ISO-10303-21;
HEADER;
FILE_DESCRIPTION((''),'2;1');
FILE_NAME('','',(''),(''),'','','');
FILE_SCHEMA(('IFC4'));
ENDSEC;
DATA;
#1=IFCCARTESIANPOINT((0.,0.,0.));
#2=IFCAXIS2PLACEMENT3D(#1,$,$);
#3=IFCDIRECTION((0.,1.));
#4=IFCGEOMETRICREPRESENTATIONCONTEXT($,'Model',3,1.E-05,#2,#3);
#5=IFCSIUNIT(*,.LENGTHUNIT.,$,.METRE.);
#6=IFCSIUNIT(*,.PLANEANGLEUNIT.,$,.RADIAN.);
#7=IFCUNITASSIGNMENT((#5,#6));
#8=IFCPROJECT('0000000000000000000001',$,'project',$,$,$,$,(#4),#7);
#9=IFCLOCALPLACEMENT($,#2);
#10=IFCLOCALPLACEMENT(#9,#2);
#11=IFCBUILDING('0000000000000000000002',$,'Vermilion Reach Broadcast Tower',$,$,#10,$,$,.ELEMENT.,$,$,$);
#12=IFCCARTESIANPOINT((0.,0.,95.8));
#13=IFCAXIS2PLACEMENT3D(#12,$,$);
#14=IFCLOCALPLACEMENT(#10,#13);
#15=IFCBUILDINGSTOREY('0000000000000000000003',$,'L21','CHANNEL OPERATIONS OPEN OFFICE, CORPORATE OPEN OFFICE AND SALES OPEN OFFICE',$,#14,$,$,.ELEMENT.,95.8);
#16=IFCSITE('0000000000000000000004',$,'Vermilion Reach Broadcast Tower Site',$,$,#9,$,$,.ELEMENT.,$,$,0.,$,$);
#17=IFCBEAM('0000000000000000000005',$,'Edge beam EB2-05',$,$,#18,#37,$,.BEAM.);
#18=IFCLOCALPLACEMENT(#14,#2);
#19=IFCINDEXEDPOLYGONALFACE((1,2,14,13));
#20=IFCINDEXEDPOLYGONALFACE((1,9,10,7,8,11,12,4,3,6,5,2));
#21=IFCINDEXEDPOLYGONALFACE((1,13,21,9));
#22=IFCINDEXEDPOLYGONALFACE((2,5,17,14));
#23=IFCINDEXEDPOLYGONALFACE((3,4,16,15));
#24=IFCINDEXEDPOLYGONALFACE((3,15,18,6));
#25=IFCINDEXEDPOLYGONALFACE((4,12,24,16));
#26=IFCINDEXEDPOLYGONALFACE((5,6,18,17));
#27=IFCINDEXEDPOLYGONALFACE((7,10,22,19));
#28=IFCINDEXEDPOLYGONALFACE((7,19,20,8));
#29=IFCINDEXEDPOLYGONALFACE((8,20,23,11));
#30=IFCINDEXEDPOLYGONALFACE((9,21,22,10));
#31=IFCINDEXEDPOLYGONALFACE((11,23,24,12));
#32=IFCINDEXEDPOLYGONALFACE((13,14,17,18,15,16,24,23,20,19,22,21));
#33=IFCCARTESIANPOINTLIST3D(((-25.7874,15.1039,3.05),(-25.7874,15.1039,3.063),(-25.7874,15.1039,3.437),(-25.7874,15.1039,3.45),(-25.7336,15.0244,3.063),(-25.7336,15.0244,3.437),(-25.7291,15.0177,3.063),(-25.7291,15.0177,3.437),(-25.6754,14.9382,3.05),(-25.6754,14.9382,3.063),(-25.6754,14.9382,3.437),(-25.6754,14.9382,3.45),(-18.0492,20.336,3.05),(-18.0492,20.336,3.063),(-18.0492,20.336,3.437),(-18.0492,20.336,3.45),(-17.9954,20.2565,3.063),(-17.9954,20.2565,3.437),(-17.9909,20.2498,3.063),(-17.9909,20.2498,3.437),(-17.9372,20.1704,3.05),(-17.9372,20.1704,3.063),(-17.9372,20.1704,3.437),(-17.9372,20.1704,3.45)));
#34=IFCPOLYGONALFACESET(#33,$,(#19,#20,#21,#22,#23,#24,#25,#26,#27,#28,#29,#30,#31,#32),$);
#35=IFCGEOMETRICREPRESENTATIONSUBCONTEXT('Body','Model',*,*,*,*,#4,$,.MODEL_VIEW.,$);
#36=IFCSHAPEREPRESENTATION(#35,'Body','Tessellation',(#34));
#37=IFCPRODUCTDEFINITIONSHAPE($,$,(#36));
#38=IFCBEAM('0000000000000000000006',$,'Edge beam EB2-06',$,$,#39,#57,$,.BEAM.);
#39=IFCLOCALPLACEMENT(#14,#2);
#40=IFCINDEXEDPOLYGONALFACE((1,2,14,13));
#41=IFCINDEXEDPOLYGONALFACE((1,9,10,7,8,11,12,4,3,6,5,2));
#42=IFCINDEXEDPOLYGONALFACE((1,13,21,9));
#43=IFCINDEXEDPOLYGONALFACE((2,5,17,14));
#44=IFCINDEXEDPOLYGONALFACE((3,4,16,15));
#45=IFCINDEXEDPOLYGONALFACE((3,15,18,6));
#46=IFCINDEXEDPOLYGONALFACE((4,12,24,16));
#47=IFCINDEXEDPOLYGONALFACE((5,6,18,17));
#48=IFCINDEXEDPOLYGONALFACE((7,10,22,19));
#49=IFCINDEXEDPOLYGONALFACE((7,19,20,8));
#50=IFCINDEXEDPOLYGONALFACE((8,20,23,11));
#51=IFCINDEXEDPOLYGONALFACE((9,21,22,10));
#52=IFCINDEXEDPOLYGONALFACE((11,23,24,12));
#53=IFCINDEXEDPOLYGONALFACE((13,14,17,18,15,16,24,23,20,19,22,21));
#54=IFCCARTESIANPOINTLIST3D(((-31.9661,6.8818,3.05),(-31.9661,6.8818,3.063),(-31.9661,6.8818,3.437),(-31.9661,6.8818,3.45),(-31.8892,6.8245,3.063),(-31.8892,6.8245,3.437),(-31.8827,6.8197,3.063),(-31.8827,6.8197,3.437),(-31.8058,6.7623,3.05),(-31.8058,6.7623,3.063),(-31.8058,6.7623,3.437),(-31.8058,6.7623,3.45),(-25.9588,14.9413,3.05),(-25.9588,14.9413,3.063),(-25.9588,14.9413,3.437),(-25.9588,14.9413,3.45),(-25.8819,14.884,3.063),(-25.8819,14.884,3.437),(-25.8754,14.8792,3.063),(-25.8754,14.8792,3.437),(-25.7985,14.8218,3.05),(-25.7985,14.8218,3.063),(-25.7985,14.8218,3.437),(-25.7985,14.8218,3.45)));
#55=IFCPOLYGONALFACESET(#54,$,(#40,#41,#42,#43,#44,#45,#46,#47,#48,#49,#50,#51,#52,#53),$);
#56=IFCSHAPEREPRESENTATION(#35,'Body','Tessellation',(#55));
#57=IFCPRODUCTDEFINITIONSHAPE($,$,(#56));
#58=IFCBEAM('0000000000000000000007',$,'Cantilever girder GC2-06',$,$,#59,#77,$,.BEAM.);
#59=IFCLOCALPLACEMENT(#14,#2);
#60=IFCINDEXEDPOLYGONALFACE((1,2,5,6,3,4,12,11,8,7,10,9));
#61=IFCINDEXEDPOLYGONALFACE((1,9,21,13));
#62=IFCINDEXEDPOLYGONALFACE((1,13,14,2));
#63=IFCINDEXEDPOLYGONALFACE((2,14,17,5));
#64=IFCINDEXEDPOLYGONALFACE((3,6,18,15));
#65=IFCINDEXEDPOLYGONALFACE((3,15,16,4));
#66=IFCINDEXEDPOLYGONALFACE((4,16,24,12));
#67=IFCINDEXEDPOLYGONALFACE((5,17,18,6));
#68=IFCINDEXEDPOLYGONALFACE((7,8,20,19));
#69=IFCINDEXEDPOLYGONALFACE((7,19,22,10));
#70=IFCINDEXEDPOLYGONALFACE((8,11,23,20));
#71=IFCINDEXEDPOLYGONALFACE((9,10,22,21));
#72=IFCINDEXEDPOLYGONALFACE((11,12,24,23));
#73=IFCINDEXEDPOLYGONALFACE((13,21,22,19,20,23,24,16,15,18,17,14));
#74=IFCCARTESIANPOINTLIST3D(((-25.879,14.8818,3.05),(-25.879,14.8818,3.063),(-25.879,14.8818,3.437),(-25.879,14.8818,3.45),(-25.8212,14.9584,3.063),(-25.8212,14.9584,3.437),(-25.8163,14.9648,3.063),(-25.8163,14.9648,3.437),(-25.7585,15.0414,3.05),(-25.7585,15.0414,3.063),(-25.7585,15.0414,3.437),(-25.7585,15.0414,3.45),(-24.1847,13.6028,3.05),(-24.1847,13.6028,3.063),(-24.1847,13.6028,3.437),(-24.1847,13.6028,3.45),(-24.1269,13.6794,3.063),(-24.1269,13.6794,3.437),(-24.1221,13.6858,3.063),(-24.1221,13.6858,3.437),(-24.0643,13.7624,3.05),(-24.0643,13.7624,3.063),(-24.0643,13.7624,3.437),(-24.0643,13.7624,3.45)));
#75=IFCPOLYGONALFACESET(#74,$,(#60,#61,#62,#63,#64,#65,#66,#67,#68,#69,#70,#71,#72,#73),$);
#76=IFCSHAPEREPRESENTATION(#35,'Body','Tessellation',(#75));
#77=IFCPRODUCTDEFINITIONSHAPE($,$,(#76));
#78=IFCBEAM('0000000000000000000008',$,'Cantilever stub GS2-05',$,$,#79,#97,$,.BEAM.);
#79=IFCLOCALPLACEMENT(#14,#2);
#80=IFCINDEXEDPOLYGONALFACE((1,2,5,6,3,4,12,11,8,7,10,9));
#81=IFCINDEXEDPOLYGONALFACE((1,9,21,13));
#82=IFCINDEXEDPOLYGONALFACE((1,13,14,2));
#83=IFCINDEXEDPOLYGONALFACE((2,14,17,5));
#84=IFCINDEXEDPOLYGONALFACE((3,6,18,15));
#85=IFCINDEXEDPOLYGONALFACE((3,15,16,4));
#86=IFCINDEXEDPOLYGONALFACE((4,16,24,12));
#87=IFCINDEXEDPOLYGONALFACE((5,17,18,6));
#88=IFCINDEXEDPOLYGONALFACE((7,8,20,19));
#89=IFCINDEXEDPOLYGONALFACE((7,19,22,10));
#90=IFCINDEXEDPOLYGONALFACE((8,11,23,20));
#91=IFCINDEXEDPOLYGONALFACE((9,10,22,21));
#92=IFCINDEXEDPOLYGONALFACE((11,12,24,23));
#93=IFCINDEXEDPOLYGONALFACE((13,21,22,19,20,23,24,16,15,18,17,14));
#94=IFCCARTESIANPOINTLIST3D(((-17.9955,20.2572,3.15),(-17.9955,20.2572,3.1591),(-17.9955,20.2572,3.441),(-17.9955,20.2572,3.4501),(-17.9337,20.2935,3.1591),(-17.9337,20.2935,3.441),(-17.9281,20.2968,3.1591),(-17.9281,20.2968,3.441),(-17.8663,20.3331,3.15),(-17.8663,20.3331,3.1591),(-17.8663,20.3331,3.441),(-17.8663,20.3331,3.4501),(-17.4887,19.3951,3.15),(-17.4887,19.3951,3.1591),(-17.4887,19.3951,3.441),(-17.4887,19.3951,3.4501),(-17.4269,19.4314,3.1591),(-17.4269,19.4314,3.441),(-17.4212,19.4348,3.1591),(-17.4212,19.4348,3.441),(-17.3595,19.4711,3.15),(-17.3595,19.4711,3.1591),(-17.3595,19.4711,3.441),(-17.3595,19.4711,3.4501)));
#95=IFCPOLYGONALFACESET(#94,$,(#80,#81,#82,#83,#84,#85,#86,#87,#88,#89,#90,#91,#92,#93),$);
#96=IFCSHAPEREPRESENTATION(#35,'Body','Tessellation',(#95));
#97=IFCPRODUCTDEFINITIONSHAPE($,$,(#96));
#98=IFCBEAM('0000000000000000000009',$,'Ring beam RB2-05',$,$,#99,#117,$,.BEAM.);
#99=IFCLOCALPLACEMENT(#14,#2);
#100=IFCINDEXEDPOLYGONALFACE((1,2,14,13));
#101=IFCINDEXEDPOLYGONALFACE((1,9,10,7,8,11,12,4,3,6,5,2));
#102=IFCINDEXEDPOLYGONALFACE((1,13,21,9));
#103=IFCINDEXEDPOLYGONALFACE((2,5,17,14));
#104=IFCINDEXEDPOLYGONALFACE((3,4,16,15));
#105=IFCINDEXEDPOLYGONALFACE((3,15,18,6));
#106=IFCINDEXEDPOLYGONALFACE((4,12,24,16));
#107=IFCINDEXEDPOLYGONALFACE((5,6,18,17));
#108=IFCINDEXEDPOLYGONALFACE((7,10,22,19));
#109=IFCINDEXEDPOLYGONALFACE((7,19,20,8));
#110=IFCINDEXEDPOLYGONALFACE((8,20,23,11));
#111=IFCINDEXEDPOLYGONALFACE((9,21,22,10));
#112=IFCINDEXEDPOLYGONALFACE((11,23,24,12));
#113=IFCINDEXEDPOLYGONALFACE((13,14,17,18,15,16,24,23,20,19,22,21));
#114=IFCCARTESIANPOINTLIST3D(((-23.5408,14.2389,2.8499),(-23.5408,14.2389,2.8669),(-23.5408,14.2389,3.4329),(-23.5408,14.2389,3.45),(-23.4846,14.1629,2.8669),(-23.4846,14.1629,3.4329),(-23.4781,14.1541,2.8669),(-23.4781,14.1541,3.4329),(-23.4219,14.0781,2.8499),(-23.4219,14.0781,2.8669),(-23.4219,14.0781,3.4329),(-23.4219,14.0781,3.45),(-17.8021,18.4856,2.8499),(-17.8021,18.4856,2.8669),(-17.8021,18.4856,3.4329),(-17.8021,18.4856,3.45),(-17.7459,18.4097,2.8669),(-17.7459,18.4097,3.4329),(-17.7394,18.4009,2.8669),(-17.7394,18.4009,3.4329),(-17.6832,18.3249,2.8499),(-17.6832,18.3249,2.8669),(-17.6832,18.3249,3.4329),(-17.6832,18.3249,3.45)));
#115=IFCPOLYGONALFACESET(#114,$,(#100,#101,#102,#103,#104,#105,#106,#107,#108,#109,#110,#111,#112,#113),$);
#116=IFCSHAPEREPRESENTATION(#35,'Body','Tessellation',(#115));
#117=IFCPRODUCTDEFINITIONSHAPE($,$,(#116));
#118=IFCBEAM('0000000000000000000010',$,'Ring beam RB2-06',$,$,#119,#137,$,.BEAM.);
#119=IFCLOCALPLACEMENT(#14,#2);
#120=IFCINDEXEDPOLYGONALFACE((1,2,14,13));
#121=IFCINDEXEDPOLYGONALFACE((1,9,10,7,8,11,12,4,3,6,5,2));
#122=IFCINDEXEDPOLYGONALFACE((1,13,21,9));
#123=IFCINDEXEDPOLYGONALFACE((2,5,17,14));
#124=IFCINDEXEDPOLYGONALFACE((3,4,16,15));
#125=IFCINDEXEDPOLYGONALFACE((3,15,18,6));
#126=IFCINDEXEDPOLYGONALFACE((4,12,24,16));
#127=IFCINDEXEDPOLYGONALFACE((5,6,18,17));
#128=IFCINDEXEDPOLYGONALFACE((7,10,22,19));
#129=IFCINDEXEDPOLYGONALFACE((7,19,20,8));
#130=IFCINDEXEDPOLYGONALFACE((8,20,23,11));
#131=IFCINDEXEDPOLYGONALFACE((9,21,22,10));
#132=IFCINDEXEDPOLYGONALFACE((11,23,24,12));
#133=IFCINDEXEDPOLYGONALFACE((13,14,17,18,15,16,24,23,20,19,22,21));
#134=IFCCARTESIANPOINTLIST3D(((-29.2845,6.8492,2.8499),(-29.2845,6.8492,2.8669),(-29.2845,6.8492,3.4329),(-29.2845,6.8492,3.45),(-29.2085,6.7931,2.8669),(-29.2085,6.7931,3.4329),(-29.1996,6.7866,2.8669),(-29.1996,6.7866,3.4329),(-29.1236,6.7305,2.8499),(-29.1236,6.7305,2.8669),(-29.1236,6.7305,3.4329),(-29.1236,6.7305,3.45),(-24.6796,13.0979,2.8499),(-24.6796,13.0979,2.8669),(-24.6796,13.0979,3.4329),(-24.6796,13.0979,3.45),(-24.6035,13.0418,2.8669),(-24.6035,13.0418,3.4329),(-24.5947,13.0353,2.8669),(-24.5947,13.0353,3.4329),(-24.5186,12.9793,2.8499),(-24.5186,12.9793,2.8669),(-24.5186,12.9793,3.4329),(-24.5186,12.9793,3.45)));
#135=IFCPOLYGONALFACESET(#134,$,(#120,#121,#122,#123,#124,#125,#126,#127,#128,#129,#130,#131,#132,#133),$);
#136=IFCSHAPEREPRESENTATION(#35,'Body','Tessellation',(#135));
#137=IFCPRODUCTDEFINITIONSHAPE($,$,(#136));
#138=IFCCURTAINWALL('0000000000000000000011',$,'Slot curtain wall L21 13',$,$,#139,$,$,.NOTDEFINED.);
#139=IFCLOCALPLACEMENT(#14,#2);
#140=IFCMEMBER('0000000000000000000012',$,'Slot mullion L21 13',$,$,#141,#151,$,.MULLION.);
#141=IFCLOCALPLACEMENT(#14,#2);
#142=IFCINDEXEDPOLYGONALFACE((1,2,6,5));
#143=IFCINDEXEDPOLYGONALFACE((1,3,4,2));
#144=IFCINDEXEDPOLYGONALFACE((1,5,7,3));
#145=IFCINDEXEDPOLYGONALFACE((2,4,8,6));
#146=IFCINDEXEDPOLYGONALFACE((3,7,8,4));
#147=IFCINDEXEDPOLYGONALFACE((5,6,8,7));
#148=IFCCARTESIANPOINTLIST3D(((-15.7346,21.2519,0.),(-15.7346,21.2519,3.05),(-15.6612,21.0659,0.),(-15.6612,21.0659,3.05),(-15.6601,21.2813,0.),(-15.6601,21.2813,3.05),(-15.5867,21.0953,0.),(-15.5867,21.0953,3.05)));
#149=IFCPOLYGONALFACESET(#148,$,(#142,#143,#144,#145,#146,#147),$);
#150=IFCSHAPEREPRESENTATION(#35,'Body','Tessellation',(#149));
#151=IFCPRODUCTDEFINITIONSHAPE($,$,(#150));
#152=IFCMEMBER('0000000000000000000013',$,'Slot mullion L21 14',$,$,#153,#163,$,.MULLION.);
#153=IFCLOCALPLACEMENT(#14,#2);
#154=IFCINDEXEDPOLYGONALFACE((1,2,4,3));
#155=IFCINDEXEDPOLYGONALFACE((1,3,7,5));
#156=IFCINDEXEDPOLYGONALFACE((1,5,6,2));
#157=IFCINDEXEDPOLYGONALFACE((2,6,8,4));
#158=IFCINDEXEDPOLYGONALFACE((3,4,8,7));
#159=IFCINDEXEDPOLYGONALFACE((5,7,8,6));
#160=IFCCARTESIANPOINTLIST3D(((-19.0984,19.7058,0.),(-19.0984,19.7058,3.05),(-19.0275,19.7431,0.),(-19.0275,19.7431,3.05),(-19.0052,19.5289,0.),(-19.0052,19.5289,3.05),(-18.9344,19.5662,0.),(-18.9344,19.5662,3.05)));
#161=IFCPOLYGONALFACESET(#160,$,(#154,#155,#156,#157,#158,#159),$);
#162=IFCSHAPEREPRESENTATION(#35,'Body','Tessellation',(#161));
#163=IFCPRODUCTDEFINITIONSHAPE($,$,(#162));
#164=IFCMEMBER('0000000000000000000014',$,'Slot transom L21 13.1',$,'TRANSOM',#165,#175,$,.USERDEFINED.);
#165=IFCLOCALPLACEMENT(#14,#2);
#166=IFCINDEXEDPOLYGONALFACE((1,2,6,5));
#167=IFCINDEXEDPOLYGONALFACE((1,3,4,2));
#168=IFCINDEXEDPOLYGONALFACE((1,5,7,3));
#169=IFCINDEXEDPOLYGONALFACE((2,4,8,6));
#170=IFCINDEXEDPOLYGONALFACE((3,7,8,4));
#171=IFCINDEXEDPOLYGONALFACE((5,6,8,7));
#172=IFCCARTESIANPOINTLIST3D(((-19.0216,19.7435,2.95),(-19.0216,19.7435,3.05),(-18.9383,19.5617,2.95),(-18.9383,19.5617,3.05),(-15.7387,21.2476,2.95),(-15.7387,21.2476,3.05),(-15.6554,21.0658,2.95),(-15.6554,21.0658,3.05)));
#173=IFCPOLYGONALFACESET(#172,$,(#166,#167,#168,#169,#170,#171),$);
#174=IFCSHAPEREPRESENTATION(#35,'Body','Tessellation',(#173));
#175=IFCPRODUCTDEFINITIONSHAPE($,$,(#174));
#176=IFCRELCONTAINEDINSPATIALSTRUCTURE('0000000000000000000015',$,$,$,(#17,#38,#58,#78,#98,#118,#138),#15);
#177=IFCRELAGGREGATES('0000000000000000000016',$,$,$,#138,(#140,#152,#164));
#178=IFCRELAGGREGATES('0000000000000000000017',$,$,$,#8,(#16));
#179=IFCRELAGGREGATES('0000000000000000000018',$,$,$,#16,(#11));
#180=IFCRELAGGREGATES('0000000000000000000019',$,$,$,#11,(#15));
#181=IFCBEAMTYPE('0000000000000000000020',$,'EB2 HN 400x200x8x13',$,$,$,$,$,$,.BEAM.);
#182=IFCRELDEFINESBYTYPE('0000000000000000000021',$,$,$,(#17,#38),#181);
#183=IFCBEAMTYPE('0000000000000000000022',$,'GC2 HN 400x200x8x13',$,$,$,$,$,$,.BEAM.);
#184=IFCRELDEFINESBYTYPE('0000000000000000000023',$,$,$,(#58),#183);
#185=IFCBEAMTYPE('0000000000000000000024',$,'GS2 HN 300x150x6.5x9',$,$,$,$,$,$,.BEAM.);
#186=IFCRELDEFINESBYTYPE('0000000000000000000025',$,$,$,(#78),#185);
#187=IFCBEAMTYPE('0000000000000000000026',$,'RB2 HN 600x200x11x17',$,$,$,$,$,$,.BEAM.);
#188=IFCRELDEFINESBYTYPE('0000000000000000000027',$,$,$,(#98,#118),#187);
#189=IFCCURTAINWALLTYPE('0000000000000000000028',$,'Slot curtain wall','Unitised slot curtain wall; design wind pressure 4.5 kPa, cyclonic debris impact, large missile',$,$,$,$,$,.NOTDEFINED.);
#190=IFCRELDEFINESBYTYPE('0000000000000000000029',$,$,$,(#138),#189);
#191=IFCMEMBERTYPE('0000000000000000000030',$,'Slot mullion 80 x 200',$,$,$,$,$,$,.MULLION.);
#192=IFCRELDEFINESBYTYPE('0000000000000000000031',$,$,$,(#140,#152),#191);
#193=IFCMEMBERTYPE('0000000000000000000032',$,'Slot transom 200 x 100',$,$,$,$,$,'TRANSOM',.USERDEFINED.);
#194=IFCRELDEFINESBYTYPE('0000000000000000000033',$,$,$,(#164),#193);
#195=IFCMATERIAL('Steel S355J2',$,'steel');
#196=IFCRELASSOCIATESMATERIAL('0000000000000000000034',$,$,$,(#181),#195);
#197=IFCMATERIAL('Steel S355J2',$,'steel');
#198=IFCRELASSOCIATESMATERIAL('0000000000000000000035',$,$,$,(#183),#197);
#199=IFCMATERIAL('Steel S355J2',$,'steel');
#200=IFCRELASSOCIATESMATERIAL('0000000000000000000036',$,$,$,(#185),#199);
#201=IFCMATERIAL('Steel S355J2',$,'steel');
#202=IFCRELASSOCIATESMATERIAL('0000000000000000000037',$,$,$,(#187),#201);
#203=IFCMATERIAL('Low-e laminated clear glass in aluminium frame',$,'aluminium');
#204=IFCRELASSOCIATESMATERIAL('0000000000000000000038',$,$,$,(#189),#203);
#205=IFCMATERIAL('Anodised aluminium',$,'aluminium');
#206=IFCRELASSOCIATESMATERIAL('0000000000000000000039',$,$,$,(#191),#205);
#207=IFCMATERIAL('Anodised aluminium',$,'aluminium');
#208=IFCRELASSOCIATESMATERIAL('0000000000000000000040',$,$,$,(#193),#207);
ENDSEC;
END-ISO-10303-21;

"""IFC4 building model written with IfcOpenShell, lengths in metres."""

from ifc_helpers import new_model, si_unit, direction, frame, origin, origin_2d, place, context, subcontext, project, spatial, rectangle, i_section, extrude, material, material_profile, profile_set, type_object, element, aggregate, save


model = new_model("IFC4")

# Units and contexts
model_context = context("Model", 3, precision=1e-05, world=origin(), true_north=direction((0.0, 1.0)))
body_context = subcontext(model_context, "Body", "Model", "MODEL_VIEW")
ifc_project = project(units=[si_unit("LENGTHUNIT", "METRE"), si_unit("PLANEANGLEUNIT", "RADIAN")], contexts=[model_context])

# Site, building, storey
site_placement = place(None, origin())
site = spatial("IfcSite", under=ifc_project, at=site_placement, Name="Vermilion Reach Broadcast Tower Site", CompositionType="ELEMENT", RefElevation=0.0)
building_placement = place(site_placement, origin())
building = spatial("IfcBuilding", under=site, at=building_placement, Name="Vermilion Reach Broadcast Tower", CompositionType="ELEMENT")
storey_placement = place(building_placement, frame((0.0, 0.0, 95.8)))
storey = spatial("IfcBuildingStorey", under=building, at=storey_placement, Name="L21", Description="CHANNEL OPERATIONS OPEN OFFICE, CORPORATE OPEN OFFICE AND SALES OPEN OFFICE", CompositionType="ELEMENT", Elevation=95.8)

# Beams
ifc_material_1 = material(Name="Steel S355J2", Category="steel")
ifc_material_profile_1 = material_profile(ifc_material_1, i_section(OverallWidth=0.2, OverallDepth=0.3999, WebThickness=0.0081, FlangeThickness=0.0129, at=origin_2d()), Name="S355J2 HN 400x200x8x13")
ifc_profile_set_1 = profile_set([ifc_material_profile_1], Name="Steel S355J2")
beam_type_1 = type_object("IfcBeamType", Name="EB2 HN 400x200x8x13", PredefinedType="BEAM", material=ifc_profile_set_1)
beam_1_placement = place(storey_placement, frame((-17.9932, 20.2532, 3.25), z_axis=(-0.82841, -0.560123, 0.0), x_axis=(0.560123, -0.82841, 0.0)))
element("IfcBeam", 1, at=beam_1_placement, inside=storey, type_object=beam_type_1, Name="Edge beam EB2-05", PredefinedType="BEAM", context=body_context, shape_type="SweptSolid", body=[
    extrude(i_section(OverallWidth=0.2, OverallDepth=0.3999, WebThickness=0.0081, FlangeThickness=0.0129, at=origin_2d()), origin(), (0.0, 0.0, 1.0), 9.3411),
])
beam_2_placement = place(storey_placement, frame((-25.8787, 14.8816, 3.25), z_axis=(-0.597619, -0.80178, 0.0), x_axis=(0.80178, -0.597619, 0.0)))
element("IfcBeam", 2, at=beam_2_placement, inside=storey, type_object=beam_type_1, Name="Edge beam EB2-06", PredefinedType="BEAM", context=body_context, shape_type="SweptSolid", body=[
    extrude(i_section(OverallWidth=0.2, OverallDepth=0.3999, WebThickness=0.0081, FlangeThickness=0.0129, at=origin_2d()), origin(), (0.0, 0.0, 1.0), 10.052),
])
ifc_material_2 = material(Name="Steel S355J2", Category="steel")
ifc_material_profile_2 = material_profile(ifc_material_2, i_section(OverallWidth=0.2, OverallDepth=0.3999, WebThickness=0.0081, FlangeThickness=0.0129, at=origin_2d()), Name="S355J2 HN 400x200x8x13")
ifc_profile_set_2 = profile_set([ifc_material_profile_2], Name="Steel S355J2")
beam_type_2 = type_object("IfcBeamType", Name="GC2 HN 400x200x8x13", PredefinedType="BEAM", material=ifc_profile_set_2)
beam_3_placement = place(storey_placement, frame((-24.1245, 13.6826, 3.25), z_axis=(-0.798119, 0.6025, 0.0), x_axis=(-0.6025, -0.798119, 0.0)))
element("IfcBeam", 3, at=beam_3_placement, inside=storey, type_object=beam_type_2, Name="Cantilever girder GC2-06", PredefinedType="BEAM", context=body_context, shape_type="SweptSolid", body=[
    extrude(i_section(OverallWidth=0.2, OverallDepth=0.3999, WebThickness=0.0081, FlangeThickness=0.0129, at=origin_2d()), origin(), (0.0, 0.0, 1.0), 2.1228),
])
ifc_material_3 = material(Name="Steel S355J2", Category="steel")
ifc_material_profile_3 = material_profile(ifc_material_3, i_section(OverallWidth=0.1499, OverallDepth=0.3, WebThickness=0.0066, FlangeThickness=0.009, at=origin_2d()), Name="S355J2 HN 300x150x6.5x9")
ifc_profile_set_3 = profile_set([ifc_material_profile_3], Name="Steel S355J2")
beam_type_3 = type_object("IfcBeamType", Name="GS2 HN 300x150x6.5x9", PredefinedType="BEAM", material=ifc_profile_set_3)
beam_4_placement = place(storey_placement, frame((-17.4241, 19.4331, 3.3), z_axis=(-0.506828, 0.862047, 0.0), x_axis=(-0.862047, -0.506828, 0.0)))
element("IfcBeam", 4, at=beam_4_placement, inside=storey, type_object=beam_type_3, Name="Cantilever stub GS2-05", PredefinedType="BEAM", context=body_context, shape_type="SweptSolid", body=[
    extrude(i_section(OverallWidth=0.1499, OverallDepth=0.3, WebThickness=0.0066, FlangeThickness=0.009, at=origin_2d()), origin(), (0.0, 0.0, 1.0), 1.0),
])
ifc_material_4 = material(Name="Steel S355J2", Category="steel")
ifc_material_profile_4 = material_profile(ifc_material_4, i_section(OverallWidth=0.2, OverallDepth=0.6001, WebThickness=0.011, FlangeThickness=0.0171, at=origin_2d()), Name="S355J2 HN 600x200x11x17")
ifc_profile_set_4 = profile_set([ifc_material_profile_4], Name="Steel S355J2")
beam_type_4 = type_object("IfcBeamType", Name="RB2 HN 600x200x11x17", PredefinedType="BEAM", material=ifc_profile_set_4)
beam_5_placement = place(storey_placement, frame((-17.7427, 18.4053, 3.1499), z_axis=(-0.803833, -0.594855, 0.0), x_axis=(0.594855, -0.803833, 0.0)))
element("IfcBeam", 5, at=beam_5_placement, inside=storey, type_object=beam_type_4, Name="Ring beam RB2-05", PredefinedType="BEAM", context=body_context, shape_type="SweptSolid", body=[
    extrude(i_section(OverallWidth=0.2, OverallDepth=0.6001, WebThickness=0.011, FlangeThickness=0.0171, at=origin_2d()), origin(), (0.0, 0.0, 1.0), 7.1392),
])
beam_6_placement = place(storey_placement, frame((-24.5991, 13.0386, 3.1499), z_axis=(-0.593251, -0.805018, 0.0), x_axis=(0.805018, -0.593251, 0.0)))
element("IfcBeam", 6, at=beam_6_placement, inside=storey, type_object=beam_type_4, Name="Ring beam RB2-06", PredefinedType="BEAM", context=body_context, shape_type="SweptSolid", body=[
    extrude(i_section(OverallWidth=0.2, OverallDepth=0.6001, WebThickness=0.011, FlangeThickness=0.0171, at=origin_2d()), origin(), (0.0, 0.0, 1.0), 7.7622),
])

# Curtain wall, members
ifc_material_5 = material(Name="Low-e laminated clear glass in aluminium frame", Category="aluminium")
curtain_wall_type = type_object("IfcCurtainWallType", Name="Slot curtain wall", Description="Unitised slot curtain wall; design wind pressure 4.5 kPa, cyclonic debris impact, large missile", PredefinedType="NOTDEFINED", material=ifc_material_5)
curtain_wall_placement = place(storey_placement, origin())
curtain_wall = element("IfcCurtainWall", 7, at=curtain_wall_placement, inside=storey, type_object=curtain_wall_type, Name="Slot curtain wall L21 13", PredefinedType="NOTDEFINED")
ifc_material_6 = material(Name="Anodised aluminium", Category="aluminium")
ifc_material_profile_5 = material_profile(ifc_material_6, rectangle(XDim=0.2, YDim=0.0801, at=origin_2d()), Name="Slot mullion 80 x 200")
ifc_profile_set_5 = profile_set([ifc_material_profile_5], Name="Anodised aluminium")
member_type_1 = type_object("IfcMemberType", Name="Slot mullion 80 x 200", PredefinedType="MULLION", material=ifc_profile_set_5)
member_1_placement = place(storey_placement, frame((-15.6606, 21.1736, 0.0), z_axis=(0.0, 0.0, 1.0), x_axis=(0.366922, -0.930252, 0.0)))
member_1 = element("IfcMember", 8, at=member_1_placement, type_object=member_type_1, Name="Slot mullion L21 13", PredefinedType="MULLION", context=body_context, shape_type="SweptSolid", body=[
    extrude(rectangle(XDim=0.2, YDim=0.0801, at=origin_2d()), origin(), (0.0, 0.0, 1.0), 3.05),
])
member_2_placement = place(storey_placement, frame((-19.0164, 19.636, 0.0), z_axis=(0.0, 0.0, 1.0), x_axis=(0.465784, -0.884898, 0.0)))
member_2 = element("IfcMember", 9, at=member_2_placement, type_object=member_type_1, Name="Slot mullion L21 14", PredefinedType="MULLION", context=body_context, shape_type="SweptSolid", body=[
    extrude(rectangle(XDim=0.2, YDim=0.0801, at=origin_2d()), origin(), (0.0, 0.0, 1.0), 3.05),
])
ifc_material_7 = material(Name="Anodised aluminium", Category="aluminium")
ifc_material_profile_6 = material_profile(ifc_material_7, rectangle(XDim=0.2, YDim=0.1001, at=origin_2d()), Name="Slot transom 200 x 100")
ifc_profile_set_6 = profile_set([ifc_material_profile_6], Name="Anodised aluminium")
member_type_2 = type_object("IfcMemberType", Name="Slot transom 200 x 100", ElementType="TRANSOM", PredefinedType="USERDEFINED", material=ifc_profile_set_6)
member_3_placement = place(storey_placement, frame((-15.697, 21.1567, 3.0), z_axis=(-0.909121, -0.416531, 0.0), x_axis=(0.416531, -0.909121, 0.0)))
member_3 = element("IfcMember", 10, at=member_3_placement, type_object=member_type_2, Name="Slot transom L21 13.1", ObjectType="TRANSOM", PredefinedType="USERDEFINED", context=body_context, shape_type="SweptSolid", body=[
    extrude(rectangle(XDim=0.2, YDim=0.1001, at=origin_2d()), origin(), (0.0, 0.0, 1.0), 3.6111),
])
aggregate(curtain_wall, [member_1, member_2, member_3])

save(model, "model.ifc")
